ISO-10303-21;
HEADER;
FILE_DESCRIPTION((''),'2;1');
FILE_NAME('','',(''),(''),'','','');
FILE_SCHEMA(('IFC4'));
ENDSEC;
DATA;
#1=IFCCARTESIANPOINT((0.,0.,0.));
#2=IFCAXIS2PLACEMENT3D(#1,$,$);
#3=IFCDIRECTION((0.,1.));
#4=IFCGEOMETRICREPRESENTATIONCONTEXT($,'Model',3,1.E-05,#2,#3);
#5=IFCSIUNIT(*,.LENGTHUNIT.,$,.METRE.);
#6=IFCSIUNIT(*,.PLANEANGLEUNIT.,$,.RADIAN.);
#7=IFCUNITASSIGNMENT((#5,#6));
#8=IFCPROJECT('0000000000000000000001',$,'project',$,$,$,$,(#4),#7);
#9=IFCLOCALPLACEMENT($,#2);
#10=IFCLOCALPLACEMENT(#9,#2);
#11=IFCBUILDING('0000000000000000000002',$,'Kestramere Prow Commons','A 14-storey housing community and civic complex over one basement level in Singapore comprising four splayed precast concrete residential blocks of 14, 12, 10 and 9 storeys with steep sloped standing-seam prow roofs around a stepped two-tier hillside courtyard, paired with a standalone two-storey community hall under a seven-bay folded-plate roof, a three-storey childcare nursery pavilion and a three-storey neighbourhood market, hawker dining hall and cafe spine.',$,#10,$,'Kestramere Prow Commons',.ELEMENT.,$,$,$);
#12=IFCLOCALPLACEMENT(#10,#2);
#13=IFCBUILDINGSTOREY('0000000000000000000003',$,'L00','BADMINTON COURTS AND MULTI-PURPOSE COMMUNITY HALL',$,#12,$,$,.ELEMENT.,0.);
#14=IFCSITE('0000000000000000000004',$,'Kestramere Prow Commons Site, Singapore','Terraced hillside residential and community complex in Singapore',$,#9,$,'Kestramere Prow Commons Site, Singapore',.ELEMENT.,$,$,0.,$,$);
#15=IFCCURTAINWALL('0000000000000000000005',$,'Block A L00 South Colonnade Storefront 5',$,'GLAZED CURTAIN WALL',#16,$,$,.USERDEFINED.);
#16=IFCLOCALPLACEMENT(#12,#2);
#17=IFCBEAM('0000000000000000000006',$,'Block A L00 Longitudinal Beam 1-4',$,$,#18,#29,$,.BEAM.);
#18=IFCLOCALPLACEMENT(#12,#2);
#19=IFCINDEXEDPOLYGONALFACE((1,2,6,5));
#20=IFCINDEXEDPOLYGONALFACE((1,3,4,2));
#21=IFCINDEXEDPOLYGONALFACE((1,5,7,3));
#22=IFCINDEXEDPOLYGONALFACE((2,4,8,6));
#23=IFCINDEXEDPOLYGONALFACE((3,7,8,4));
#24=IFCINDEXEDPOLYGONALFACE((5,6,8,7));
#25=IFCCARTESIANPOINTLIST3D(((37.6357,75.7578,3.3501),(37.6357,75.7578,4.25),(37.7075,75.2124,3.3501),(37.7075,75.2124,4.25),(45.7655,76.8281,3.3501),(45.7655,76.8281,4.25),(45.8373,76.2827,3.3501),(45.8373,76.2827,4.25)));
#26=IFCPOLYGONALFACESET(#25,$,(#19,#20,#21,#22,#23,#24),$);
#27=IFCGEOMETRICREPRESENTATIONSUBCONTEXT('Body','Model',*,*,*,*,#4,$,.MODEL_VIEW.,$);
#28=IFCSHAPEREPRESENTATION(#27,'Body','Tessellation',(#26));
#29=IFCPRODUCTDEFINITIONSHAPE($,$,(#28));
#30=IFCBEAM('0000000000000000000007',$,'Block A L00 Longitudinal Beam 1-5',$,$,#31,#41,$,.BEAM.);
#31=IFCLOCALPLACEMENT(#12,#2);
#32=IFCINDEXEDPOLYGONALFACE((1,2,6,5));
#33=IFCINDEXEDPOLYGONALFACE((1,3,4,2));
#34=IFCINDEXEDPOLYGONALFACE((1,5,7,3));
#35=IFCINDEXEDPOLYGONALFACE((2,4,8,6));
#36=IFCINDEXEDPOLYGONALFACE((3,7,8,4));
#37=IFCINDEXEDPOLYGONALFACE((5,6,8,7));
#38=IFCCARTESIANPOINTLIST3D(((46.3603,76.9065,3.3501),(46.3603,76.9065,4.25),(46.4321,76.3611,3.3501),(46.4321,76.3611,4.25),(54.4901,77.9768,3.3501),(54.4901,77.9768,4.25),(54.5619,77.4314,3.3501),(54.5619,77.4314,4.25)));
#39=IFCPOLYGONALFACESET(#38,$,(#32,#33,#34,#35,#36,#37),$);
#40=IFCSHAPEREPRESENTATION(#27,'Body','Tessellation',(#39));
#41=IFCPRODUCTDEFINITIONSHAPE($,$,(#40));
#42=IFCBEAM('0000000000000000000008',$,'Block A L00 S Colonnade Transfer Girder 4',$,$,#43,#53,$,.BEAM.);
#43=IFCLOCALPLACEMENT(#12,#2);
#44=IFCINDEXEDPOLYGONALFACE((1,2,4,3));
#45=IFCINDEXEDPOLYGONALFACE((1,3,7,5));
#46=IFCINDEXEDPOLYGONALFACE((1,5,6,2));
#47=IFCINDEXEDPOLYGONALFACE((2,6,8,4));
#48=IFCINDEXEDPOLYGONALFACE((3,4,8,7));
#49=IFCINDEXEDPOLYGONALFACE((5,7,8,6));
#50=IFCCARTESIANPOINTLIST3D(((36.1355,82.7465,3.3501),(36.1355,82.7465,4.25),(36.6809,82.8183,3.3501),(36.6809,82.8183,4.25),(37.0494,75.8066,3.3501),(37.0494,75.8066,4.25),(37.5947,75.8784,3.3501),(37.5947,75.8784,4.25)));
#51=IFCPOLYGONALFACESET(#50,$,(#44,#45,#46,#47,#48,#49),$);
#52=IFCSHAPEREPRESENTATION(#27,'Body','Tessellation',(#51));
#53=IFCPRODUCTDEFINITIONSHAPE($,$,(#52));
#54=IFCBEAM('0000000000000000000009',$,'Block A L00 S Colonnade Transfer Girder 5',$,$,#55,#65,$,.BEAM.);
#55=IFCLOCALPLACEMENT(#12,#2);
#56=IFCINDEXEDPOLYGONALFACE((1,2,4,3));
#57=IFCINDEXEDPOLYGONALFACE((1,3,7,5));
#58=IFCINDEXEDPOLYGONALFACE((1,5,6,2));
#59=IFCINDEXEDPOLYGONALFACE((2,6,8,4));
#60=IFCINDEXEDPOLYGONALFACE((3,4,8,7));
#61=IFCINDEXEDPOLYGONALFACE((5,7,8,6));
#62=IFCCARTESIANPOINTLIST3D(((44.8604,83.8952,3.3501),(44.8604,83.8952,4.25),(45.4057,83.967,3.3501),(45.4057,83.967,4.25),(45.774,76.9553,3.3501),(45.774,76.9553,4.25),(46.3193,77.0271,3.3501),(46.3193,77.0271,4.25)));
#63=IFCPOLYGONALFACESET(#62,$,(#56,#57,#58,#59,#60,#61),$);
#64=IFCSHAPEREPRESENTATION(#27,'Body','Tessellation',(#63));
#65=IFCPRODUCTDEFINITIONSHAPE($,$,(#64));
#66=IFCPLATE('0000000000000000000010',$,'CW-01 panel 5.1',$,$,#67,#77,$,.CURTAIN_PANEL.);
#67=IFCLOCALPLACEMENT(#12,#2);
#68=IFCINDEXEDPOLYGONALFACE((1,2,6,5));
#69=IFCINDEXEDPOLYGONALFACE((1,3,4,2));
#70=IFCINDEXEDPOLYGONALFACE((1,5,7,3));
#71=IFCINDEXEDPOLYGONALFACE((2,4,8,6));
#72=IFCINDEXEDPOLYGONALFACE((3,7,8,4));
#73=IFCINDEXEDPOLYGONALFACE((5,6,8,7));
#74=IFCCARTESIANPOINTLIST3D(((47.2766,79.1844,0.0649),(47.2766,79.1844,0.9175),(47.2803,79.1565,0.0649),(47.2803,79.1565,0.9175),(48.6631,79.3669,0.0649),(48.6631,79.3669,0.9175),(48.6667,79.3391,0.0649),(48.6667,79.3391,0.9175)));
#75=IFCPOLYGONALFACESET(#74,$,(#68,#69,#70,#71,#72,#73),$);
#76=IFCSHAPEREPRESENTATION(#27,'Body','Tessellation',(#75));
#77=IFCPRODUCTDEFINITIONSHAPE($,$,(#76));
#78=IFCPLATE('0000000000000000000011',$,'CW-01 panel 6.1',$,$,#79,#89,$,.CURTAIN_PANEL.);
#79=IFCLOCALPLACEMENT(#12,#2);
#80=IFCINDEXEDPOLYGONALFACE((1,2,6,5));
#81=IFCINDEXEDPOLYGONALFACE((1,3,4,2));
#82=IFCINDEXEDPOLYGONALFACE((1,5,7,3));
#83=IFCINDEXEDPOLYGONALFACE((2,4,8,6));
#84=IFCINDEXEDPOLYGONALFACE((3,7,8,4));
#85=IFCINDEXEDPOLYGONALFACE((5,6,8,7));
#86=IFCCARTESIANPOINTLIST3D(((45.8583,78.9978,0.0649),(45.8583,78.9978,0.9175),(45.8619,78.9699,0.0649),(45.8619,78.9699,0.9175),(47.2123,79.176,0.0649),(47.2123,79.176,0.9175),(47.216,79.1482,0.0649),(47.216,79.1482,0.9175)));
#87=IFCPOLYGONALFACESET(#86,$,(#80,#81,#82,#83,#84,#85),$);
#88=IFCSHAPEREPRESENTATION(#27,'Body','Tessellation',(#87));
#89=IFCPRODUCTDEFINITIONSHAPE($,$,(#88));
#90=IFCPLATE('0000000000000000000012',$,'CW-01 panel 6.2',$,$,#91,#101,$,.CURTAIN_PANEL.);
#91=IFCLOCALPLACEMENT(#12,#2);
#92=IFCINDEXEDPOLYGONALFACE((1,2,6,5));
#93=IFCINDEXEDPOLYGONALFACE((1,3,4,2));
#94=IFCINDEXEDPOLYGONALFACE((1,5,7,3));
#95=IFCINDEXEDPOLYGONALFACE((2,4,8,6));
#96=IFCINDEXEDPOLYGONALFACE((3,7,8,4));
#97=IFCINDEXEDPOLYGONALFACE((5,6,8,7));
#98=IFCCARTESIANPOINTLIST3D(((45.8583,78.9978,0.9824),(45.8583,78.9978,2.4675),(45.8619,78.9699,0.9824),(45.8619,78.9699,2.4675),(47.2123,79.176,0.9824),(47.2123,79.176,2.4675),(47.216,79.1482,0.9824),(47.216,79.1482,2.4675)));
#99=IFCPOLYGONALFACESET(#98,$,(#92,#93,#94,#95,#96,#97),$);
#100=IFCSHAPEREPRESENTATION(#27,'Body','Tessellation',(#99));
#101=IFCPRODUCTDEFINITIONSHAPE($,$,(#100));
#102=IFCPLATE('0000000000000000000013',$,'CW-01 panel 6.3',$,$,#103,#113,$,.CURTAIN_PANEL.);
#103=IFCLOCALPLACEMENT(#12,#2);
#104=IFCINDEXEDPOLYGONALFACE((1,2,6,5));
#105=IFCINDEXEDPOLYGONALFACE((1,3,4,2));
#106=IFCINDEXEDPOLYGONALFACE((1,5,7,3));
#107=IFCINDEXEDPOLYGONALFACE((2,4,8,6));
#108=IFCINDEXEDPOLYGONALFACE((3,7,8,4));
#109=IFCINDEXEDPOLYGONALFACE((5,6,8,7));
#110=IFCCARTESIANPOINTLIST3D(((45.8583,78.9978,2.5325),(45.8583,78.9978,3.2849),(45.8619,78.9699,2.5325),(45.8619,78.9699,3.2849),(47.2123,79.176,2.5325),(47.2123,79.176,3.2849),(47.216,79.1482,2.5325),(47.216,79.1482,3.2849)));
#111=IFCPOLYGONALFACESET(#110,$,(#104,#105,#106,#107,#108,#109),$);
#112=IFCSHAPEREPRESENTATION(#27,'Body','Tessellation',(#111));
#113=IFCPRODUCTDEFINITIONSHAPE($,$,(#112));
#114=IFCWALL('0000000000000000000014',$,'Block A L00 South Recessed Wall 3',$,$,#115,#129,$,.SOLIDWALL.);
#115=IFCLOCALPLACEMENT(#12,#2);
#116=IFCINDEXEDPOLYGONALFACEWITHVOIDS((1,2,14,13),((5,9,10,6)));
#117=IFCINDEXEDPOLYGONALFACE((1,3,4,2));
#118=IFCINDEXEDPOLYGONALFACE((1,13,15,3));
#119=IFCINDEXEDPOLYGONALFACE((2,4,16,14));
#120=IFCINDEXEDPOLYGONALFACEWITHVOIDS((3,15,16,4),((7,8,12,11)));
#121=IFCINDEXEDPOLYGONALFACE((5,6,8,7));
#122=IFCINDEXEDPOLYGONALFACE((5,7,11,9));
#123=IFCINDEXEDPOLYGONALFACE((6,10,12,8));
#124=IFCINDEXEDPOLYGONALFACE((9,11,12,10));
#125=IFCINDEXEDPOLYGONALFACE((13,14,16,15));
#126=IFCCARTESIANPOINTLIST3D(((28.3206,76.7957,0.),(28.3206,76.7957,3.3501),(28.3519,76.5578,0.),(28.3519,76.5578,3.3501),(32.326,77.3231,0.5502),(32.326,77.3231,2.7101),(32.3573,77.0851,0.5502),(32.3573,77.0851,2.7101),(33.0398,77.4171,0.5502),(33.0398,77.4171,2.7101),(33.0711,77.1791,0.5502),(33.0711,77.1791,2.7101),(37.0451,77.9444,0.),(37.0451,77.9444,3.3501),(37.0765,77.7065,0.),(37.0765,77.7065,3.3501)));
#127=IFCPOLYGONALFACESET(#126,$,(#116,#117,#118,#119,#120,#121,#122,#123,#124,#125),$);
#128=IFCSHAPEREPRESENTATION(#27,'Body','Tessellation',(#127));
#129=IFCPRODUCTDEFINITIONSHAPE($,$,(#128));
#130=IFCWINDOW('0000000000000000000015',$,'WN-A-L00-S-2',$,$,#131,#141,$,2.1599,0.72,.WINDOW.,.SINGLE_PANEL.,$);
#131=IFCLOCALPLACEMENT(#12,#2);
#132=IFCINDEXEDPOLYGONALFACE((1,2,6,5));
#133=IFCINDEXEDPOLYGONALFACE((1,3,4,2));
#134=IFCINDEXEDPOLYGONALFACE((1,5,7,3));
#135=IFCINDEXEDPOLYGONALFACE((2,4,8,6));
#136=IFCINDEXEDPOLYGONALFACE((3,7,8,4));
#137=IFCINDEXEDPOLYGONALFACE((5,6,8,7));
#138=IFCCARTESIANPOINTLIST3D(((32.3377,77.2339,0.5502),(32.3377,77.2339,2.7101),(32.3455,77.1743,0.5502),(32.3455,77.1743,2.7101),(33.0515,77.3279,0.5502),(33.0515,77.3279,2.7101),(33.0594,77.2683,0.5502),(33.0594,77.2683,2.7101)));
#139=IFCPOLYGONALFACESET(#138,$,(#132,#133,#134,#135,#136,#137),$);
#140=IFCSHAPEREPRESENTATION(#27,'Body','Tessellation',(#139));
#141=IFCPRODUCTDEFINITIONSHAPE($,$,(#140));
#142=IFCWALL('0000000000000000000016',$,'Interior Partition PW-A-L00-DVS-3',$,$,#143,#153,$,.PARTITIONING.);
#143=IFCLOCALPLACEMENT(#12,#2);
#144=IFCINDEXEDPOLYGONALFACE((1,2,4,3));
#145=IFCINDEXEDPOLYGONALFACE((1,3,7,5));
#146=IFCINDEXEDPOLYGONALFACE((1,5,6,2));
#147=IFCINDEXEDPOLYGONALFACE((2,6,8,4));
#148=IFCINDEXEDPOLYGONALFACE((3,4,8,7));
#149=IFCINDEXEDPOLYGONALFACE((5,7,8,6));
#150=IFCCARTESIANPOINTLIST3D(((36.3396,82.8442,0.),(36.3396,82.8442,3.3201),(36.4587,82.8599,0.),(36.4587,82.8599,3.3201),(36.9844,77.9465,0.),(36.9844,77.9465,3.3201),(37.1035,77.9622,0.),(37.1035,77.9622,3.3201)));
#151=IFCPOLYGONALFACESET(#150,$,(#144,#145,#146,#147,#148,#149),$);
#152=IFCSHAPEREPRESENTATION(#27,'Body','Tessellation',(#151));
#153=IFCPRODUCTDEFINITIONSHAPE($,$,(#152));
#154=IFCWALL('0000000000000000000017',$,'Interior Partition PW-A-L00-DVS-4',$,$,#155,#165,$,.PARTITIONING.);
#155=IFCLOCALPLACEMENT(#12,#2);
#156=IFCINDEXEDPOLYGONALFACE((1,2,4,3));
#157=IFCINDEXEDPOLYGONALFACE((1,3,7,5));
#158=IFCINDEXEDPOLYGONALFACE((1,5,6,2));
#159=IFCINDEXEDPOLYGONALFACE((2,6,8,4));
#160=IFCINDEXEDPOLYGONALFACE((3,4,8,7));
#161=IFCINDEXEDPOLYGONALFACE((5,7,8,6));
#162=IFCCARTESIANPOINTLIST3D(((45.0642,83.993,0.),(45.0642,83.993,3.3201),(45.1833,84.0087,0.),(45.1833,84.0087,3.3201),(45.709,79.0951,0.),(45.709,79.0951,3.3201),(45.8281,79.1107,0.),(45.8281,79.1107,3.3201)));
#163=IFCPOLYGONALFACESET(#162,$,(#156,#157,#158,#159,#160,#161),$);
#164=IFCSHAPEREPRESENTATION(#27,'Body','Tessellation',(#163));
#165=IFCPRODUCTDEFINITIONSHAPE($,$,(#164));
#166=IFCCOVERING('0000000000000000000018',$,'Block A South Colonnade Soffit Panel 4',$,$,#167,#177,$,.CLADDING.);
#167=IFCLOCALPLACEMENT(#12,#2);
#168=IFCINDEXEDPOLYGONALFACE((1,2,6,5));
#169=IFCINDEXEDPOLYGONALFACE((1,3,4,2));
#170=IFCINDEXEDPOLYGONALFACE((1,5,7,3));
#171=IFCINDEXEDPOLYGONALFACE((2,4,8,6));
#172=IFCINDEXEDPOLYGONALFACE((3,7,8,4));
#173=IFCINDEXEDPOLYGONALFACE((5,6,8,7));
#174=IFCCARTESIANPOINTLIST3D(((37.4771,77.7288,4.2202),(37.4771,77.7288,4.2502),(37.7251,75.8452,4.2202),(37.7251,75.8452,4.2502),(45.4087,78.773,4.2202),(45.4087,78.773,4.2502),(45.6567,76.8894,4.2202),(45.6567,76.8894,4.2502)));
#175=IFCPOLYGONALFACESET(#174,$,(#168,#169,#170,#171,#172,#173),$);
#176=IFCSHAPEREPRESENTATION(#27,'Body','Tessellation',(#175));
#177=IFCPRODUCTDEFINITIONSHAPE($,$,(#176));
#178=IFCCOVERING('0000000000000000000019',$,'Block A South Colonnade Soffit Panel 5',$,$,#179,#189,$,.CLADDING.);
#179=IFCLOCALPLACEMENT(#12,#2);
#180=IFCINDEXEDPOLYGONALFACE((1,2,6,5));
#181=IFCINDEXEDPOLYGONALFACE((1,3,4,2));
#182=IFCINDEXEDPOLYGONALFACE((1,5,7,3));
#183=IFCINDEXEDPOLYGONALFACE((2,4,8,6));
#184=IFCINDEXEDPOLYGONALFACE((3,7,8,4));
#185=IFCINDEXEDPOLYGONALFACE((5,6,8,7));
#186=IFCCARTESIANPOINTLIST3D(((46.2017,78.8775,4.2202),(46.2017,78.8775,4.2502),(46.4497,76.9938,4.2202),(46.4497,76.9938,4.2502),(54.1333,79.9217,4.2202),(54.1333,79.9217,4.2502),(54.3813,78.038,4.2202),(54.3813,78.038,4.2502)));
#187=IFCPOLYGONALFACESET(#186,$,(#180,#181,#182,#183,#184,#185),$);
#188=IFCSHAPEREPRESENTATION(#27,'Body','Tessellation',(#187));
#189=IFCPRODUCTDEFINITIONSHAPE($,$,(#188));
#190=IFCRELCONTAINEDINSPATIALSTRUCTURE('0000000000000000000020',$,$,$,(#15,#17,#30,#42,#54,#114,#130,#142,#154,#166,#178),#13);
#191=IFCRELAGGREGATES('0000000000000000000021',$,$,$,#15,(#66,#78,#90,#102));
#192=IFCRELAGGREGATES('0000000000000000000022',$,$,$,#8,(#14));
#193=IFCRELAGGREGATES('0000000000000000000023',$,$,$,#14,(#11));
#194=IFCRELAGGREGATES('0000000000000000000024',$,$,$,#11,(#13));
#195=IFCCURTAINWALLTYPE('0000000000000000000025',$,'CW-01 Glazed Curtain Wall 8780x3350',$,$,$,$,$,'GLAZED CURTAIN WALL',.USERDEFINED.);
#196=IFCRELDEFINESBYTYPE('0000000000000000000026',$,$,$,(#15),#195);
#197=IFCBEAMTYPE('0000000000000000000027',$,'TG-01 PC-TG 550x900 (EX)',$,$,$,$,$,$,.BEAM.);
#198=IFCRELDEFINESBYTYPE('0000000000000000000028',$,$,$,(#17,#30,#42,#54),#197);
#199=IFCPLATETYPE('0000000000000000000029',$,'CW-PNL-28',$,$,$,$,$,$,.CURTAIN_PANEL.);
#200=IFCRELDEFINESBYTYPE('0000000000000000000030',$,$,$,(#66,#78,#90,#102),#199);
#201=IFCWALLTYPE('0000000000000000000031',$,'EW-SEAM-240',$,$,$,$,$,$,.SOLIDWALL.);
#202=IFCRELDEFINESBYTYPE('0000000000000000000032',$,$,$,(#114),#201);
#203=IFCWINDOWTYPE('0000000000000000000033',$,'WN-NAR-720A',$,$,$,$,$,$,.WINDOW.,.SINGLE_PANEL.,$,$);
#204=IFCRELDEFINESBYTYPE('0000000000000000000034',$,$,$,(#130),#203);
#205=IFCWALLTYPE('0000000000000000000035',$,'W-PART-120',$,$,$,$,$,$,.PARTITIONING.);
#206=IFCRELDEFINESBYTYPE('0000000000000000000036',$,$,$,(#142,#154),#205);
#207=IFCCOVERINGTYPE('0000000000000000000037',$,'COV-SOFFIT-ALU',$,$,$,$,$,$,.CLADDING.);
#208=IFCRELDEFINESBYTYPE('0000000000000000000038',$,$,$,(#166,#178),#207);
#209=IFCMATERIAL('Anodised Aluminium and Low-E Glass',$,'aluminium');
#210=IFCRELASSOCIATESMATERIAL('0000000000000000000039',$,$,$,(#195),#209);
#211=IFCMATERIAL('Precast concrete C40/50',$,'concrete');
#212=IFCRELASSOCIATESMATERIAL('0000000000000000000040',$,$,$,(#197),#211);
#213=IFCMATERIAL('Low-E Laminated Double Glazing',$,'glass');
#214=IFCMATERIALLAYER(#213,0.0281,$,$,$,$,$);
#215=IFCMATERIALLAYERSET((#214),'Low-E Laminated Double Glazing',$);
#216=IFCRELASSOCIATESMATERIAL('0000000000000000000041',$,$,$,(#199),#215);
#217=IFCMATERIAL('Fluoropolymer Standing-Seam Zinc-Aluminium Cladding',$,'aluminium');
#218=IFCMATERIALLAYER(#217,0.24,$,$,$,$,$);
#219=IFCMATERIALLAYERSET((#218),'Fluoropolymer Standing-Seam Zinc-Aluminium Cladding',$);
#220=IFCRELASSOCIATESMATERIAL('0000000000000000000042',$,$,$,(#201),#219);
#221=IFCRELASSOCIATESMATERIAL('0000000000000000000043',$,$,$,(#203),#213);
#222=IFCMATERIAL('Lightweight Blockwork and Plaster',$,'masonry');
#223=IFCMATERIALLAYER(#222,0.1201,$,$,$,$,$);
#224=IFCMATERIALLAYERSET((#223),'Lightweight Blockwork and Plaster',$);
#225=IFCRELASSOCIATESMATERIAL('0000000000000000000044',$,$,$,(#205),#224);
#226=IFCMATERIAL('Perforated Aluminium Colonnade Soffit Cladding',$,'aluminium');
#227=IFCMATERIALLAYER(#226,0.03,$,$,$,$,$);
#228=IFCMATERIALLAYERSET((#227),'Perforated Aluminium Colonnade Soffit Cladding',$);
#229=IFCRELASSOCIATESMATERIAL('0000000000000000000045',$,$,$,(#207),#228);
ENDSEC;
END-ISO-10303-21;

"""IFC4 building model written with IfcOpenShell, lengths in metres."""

from ifc_helpers import new_model, si_unit, direction, frame, frame_2d, origin, origin_2d, place, context, subcontext, project, spatial, rectangle, extrude, material, layer, layer_set, material_profile, profile_set, type_object, element, fill, aggregate, save


model = new_model("IFC4")

# Units and contexts
model_context = context("Model", 3, precision=1e-05, world=origin(), true_north=direction((0.0, 1.0)))
body_context = subcontext(model_context, "Body", "Model", "MODEL_VIEW")
ifc_project = project(units=[si_unit("LENGTHUNIT", "METRE"), si_unit("PLANEANGLEUNIT", "RADIAN")], contexts=[model_context])

# Site, building, storey
site_placement = place(None, origin())
site = spatial("IfcSite", under=ifc_project, at=site_placement, Name="Kestramere Prow Commons Site, Singapore", Description="Terraced hillside residential and community complex in Singapore", LongName="Kestramere Prow Commons Site, Singapore", CompositionType="ELEMENT", RefElevation=0.0)
building_placement = place(site_placement, origin())
building = spatial("IfcBuilding", under=site, at=building_placement, Name="Kestramere Prow Commons", Description="A 14-storey housing community and civic complex over one basement level in Singapore comprising four splayed precast concrete residential blocks of 14, 12, 10 and 9 storeys with steep sloped standing-seam prow roofs around a stepped two-tier hillside courtyard, paired with a standalone two-storey community hall under a seven-bay folded-plate roof, a three-storey childcare nursery pavilion and a three-storey neighbourhood market, hawker dining hall and cafe spine.", LongName="Kestramere Prow Commons", CompositionType="ELEMENT")
storey_placement = place(building_placement, origin())
storey = spatial("IfcBuildingStorey", under=building, at=storey_placement, Name="L00", Description="BADMINTON COURTS AND MULTI-PURPOSE COMMUNITY HALL", CompositionType="ELEMENT", Elevation=0.0)

# Shared definitions
ifc_material_1 = material(Name="Precast concrete C40/50", Category="concrete")

# Curtain wall
ifc_material_2 = material(Name="Anodised Aluminium and Low-E Glass", Category="aluminium")
curtain_wall_type = type_object("IfcCurtainWallType", Name="CW-01 Glazed Curtain Wall 8780x3350", ElementType="GLAZED CURTAIN WALL", PredefinedType="USERDEFINED", material=ifc_material_2)
curtain_wall_placement = place(storey_placement, origin())
curtain_wall = element("IfcCurtainWall", 1, at=curtain_wall_placement, inside=storey, type_object=curtain_wall_type, Name="Block A L00 South Colonnade Storefront 5", ObjectType="GLAZED CURTAIN WALL", PredefinedType="USERDEFINED")

# Beams
ifc_material_profile_1 = material_profile(ifc_material_1, rectangle(XDim=0.55, YDim=0.8999, at=origin_2d()), Name="PC-TG 550x900")
ifc_profile_set_1 = profile_set([ifc_material_profile_1], Name="Precast concrete C40/50")
beam_type = type_object("IfcBeamType", Name="TG-01 PC-TG 550x900 (EX)", PredefinedType="BEAM", material=ifc_profile_set_1)
for number, where, z_axis, x_axis, name in (
    (2, (37.6716, 75.4851, 3.8), (0.991445, 0.130525, 0.0), (-0.130525, 0.991445, 0.0), "Block A L00 Longitudinal Beam 1-4"),
    (3, (46.3962, 76.6338, 3.8), (0.991445, 0.130525, 0.0), (-0.130525, 0.991445, 0.0), "Block A L00 Longitudinal Beam 1-5"),
):
    element("IfcBeam", number, at=place(storey_placement, frame(where, z_axis=z_axis, x_axis=x_axis)), inside=storey, type_object=beam_type, Name=name, PredefinedType="BEAM", context=body_context, shape_type="SweptSolid", body=[
        extrude(rectangle(XDim=0.55, YDim=0.8999, at=origin_2d()), origin(), (0.0, 0.0, 1.0), 8.2),
    ])
for number, where, z_axis, x_axis, name in (
    (4, (37.322, 75.8425, 3.8), (-0.130548, 0.991442, 0.0), (-0.991442, -0.130548, 0.0), "Block A L00 S Colonnade Transfer Girder 4"),
    (5, (46.0466, 76.9912, 3.8), (-0.130514, 0.991446, 0.0), (-0.991446, -0.130514, 0.0), "Block A L00 S Colonnade Transfer Girder 5"),
):
    element("IfcBeam", number, at=place(storey_placement, frame(where, z_axis=z_axis, x_axis=x_axis)), inside=storey, type_object=beam_type, Name=name, PredefinedType="BEAM", context=body_context, shape_type="SweptSolid", body=[
        extrude(rectangle(XDim=0.55, YDim=0.8999, at=origin_2d()), origin(), (0.0, 0.0, 1.0), 6.9998),
    ])

# Plates
ifc_material_3 = material(Name="Low-E Laminated Double Glazing", Category="glass")
ifc_layer_1 = layer(ifc_material_3, 0.0281)
ifc_layer_set_1 = layer_set([ifc_layer_1], Name="Low-E Laminated Double Glazing")
plate_type = type_object("IfcPlateType", Name="CW-PNL-28", PredefinedType="CURTAIN_PANEL", material=ifc_layer_set_1)
plate_1_placement = place(storey_placement, frame((47.9717, 79.2617, 0.0649), z_axis=(0.0, 0.0, 1.0), x_axis=(-0.991445, -0.130526, 0.0)))
plate_1 = element("IfcPlate", 6, at=plate_1_placement, type_object=plate_type, Name="CW-01 panel 5.1", PredefinedType="CURTAIN_PANEL", context=body_context, shape_type="SweptSolid", body=[
    extrude(rectangle(XDim=1.3984, YDim=0.0281, at=origin_2d()), origin(), (0.0, 0.0, 1.0), 0.8525),
])
plate_2_placement = place(storey_placement, frame((46.5371, 79.073, 0.0649), z_axis=(0.0, 0.0, 1.0), x_axis=(-0.991445, -0.130526, 0.0)))
plate_2 = element("IfcPlate", 7, at=plate_2_placement, type_object=plate_type, Name="CW-01 panel 6.1", PredefinedType="CURTAIN_PANEL", context=body_context, shape_type="SweptSolid", body=[
    extrude(rectangle(XDim=1.3657, YDim=0.0281, at=origin_2d()), origin(), (0.0, 0.0, 1.0), 0.8525),
])
plate_3_placement = place(storey_placement, frame((46.5371, 79.073, 0.9824), z_axis=(0.0, 0.0, 1.0), x_axis=(-0.991445, -0.130526, 0.0)))
plate_3 = element("IfcPlate", 8, at=plate_3_placement, type_object=plate_type, Name="CW-01 panel 6.2", PredefinedType="CURTAIN_PANEL", context=body_context, shape_type="SweptSolid", body=[
    extrude(rectangle(XDim=1.3657, YDim=0.0281, at=origin_2d()), origin(), (0.0, 0.0, 1.0), 1.4851),
])
plate_4_placement = place(storey_placement, frame((46.5371, 79.073, 2.5325), z_axis=(0.0, 0.0, 1.0), x_axis=(-0.991445, -0.130526, 0.0)))
plate_4 = element("IfcPlate", 9, at=plate_4_placement, type_object=plate_type, Name="CW-01 panel 6.3", PredefinedType="CURTAIN_PANEL", context=body_context, shape_type="SweptSolid", body=[
    extrude(rectangle(XDim=1.3657, YDim=0.0281, at=origin_2d()), origin(), (0.0, 0.0, 1.0), 0.7524),
])
aggregate(curtain_wall, [plate_1, plate_2, plate_3, plate_4])

# Wall, opening, window
ifc_material_4 = material(Name="Fluoropolymer Standing-Seam Zinc-Aluminium Cladding", Category="aluminium")
ifc_layer_2 = layer(ifc_material_4, 0.24)
ifc_layer_set_2 = layer_set([ifc_layer_2], Name="Fluoropolymer Standing-Seam Zinc-Aluminium Cladding")
wall_type_1 = type_object("IfcWallType", Name="EW-SEAM-240", PredefinedType="SOLIDWALL", material=ifc_layer_set_2)
wall_1_placement = place(storey_placement, frame((37.0608, 77.8254, 0.0), z_axis=(0.0, 0.0, 1.0), x_axis=(-0.991444, -0.130533, 0.0)))
wall_1 = element("IfcWall", 10, at=wall_1_placement, inside=storey, type_object=wall_type_1, Name="Block A L00 South Recessed Wall 3", PredefinedType="SOLIDWALL", context=body_context, shape_type="SweptSolid", body=[
    extrude(rectangle(XDim=8.7998, YDim=0.24, at=frame_2d((4.3999, 0.0))), origin(), (0.0, 0.0, 1.0), 3.3501),
])
opening_1_placement = place(wall_1_placement, frame((4.04, 0.0, 0.55)))
opening_1 = element("IfcOpeningElement", 11, at=opening_1_placement, cuts=wall_1, PredefinedType="OPENING", context=body_context, shape_type="SweptSolid", body=[
    extrude(rectangle(XDim=0.72, YDim=2.1599, at=frame_2d((0.3599, 1.0801))), frame((0.0, 0.135, 0.0), z_axis=(0.0, -1.0, 0.0), x_axis=(1.0, 0.0, 0.0)), (0.0, 0.0, 1.0), 0.27),
])
window_type = type_object("IfcWindowType", Name="WN-NAR-720A", PartitioningType="SINGLE_PANEL", PredefinedType="WINDOW", material=ifc_material_3)
window_placement = place(opening_1_placement, origin())
window = element("IfcWindow", 12, at=window_placement, inside=storey, type_object=window_type, Name="WN-A-L00-S-2", OverallHeight=2.1599, OverallWidth=0.72, PartitioningType="SINGLE_PANEL", PredefinedType="WINDOW", context=body_context, shape_type="SweptSolid", body=[
    extrude(rectangle(XDim=0.72, YDim=2.1599, at=frame_2d((0.3599, 1.0801))), frame((0.0, 0.03, 0.0), z_axis=(0.0, -1.0, 0.0), x_axis=(1.0, 0.0, 0.0)), (0.0, 0.0, 1.0), 0.0601),
])
fill(opening_1, window)

# Walls
ifc_material_5 = material(Name="Lightweight Blockwork and Plaster", Category="masonry")
ifc_layer_3 = layer(ifc_material_5, 0.1201)
ifc_layer_set_3 = layer_set([ifc_layer_3], Name="Lightweight Blockwork and Plaster")
wall_type_2 = type_object("IfcWallType", Name="W-PART-120", PredefinedType="PARTITIONING", material=ifc_layer_set_3)
wall_2_placement = place(storey_placement, frame((37.0439, 77.9543, 0.0), z_axis=(0.0, 0.0, 1.0), x_axis=(-0.130522, 0.991445, 0.0)))
element("IfcWall", 13, at=wall_2_placement, inside=storey, type_object=wall_type_2, Name="Interior Partition PW-A-L00-DVS-3", PredefinedType="PARTITIONING", context=body_context, shape_type="SweptSolid", body=[
    extrude(rectangle(XDim=4.9399, YDim=0.1201, at=frame_2d((2.47, 0.0))), origin(), (0.0, 0.0, 1.0), 3.3201),
])
wall_3_placement = place(storey_placement, frame((45.7686, 79.1028, 0.0), z_axis=(0.0, 0.0, 1.0), x_axis=(-0.130516, 0.991446, 0.0)))
element("IfcWall", 14, at=wall_3_placement, inside=storey, type_object=wall_type_2, Name="Interior Partition PW-A-L00-DVS-4", PredefinedType="PARTITIONING", context=body_context, shape_type="SweptSolid", body=[
    extrude(rectangle(XDim=4.9402, YDim=0.1201, at=frame_2d((2.4702, 0.0))), origin(), (0.0, 0.0, 1.0), 3.3201),
])

# Coverings
ifc_material_6 = material(Name="Perforated Aluminium Colonnade Soffit Cladding", Category="aluminium")
ifc_layer_4 = layer(ifc_material_6, 0.03)
ifc_layer_set_4 = layer_set([ifc_layer_4], Name="Perforated Aluminium Colonnade Soffit Cladding")
covering_type = type_object("IfcCoveringType", Name="COV-SOFFIT-ALU", PredefinedType="CLADDING", material=ifc_layer_set_4)
for number, where, z_axis, x_axis, name in (
    (15, (41.5669, 77.3091, 4.2202), (0.0, 0.0, 1.0), (0.991445, 0.130526, 0.0), "Block A South Colonnade Soffit Panel 4"),
    (16, (50.2915, 78.4578, 4.2202), (0.0, 0.0, 1.0), (0.991445, 0.130526, 0.0), "Block A South Colonnade Soffit Panel 5"),
):
    element("IfcCovering", number, at=place(storey_placement, frame(where, z_axis=z_axis, x_axis=x_axis)), inside=storey, type_object=covering_type, Name=name, PredefinedType="CLADDING", context=body_context, shape_type="SweptSolid", body=[
        extrude(rectangle(XDim=8.0, YDim=1.8999, at=origin_2d()), origin(), (0.0, 0.0, 1.0), 0.03),
    ])

save(model, "model.ifc")
